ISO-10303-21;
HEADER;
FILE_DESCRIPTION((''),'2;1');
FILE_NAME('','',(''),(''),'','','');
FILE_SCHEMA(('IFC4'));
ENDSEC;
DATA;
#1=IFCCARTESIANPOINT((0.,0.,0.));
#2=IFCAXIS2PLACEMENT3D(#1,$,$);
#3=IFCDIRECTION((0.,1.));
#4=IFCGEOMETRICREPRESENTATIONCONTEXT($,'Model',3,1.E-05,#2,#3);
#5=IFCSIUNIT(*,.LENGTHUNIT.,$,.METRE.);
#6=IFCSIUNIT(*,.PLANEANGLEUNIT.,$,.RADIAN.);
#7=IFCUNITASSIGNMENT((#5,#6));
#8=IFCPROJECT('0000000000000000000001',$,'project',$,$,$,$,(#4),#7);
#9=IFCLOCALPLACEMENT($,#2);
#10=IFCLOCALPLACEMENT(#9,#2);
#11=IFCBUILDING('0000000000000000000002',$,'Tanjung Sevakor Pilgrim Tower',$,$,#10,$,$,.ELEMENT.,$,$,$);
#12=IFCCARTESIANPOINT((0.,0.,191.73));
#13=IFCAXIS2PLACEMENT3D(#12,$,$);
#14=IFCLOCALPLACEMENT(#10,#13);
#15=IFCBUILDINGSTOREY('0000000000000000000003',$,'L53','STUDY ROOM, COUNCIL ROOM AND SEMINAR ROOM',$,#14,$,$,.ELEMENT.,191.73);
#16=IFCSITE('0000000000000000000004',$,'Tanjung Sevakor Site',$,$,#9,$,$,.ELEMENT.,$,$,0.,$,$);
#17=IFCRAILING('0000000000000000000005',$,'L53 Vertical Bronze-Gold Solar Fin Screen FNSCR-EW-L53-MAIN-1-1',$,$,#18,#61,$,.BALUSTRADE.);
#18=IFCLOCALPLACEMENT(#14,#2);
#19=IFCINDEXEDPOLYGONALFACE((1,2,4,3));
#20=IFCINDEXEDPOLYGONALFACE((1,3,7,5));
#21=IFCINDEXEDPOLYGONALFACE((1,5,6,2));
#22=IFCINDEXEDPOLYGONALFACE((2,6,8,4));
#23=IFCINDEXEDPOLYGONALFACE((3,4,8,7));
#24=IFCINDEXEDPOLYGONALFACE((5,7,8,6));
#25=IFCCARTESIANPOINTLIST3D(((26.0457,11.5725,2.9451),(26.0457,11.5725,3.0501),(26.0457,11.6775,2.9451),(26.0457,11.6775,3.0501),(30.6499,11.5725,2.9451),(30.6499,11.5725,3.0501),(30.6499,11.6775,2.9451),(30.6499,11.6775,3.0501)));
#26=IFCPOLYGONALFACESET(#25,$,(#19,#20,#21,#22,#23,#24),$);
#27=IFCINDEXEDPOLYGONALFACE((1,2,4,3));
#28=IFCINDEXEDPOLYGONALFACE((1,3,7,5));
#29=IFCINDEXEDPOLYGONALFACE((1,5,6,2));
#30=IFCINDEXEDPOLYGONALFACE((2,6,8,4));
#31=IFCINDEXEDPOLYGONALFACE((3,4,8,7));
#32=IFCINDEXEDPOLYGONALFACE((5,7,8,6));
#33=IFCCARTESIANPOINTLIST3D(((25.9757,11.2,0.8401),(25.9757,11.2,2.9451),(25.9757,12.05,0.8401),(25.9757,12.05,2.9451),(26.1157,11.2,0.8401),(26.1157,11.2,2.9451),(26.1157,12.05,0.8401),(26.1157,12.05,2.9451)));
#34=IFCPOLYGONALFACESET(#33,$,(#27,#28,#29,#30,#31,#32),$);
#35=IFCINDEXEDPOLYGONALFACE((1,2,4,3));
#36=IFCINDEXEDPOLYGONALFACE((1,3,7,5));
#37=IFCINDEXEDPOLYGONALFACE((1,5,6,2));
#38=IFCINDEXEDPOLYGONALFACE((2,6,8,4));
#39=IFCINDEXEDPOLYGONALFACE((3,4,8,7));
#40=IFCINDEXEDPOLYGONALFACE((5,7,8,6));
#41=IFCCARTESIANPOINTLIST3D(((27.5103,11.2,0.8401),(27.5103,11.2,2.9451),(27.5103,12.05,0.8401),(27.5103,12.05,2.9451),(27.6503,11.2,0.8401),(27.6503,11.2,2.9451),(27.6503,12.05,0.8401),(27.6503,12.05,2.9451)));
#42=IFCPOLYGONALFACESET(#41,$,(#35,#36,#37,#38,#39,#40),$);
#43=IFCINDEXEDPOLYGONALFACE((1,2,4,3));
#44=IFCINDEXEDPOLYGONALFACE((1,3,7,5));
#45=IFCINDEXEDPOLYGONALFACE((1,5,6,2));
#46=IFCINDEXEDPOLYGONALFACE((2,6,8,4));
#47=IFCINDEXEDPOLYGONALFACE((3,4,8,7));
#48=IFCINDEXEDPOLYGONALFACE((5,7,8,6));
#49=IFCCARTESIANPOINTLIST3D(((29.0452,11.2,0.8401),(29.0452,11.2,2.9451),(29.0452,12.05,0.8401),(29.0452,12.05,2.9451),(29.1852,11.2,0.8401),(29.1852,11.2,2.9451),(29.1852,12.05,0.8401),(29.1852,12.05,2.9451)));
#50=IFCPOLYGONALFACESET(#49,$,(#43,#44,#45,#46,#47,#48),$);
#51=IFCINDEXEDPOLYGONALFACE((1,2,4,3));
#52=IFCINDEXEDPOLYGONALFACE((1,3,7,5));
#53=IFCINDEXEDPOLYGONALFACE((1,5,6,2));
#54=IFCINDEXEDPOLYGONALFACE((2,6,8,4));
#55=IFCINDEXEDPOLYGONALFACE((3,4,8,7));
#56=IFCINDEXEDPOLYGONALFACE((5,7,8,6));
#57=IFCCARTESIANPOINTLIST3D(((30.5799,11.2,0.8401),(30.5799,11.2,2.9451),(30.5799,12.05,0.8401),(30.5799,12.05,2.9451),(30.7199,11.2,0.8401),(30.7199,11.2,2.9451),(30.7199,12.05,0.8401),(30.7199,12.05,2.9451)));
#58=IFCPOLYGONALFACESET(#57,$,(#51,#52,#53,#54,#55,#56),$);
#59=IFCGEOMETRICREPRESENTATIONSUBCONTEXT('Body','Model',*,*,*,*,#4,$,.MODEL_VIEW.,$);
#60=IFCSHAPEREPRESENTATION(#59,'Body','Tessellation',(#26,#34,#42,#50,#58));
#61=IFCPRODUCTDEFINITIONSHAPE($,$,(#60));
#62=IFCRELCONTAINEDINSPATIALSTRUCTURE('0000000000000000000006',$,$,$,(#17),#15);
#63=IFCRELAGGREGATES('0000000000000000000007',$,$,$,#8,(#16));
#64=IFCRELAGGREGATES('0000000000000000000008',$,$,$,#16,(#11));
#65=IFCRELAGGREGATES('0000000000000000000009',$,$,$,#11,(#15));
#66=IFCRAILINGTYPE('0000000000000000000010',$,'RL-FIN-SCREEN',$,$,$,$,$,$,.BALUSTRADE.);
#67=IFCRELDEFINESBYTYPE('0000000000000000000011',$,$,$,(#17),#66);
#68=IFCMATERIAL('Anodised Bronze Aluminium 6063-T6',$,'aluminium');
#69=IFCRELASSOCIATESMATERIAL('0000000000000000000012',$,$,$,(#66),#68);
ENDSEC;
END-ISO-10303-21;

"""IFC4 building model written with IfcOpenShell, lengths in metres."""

from ifc_helpers import new_model, si_unit, direction, frame, origin, place, context, subcontext, project, spatial, rectangle, extrude, material, type_object, element, save


model = new_model("IFC4")

# Units and contexts
model_context = context("Model", 3, precision=1e-05, world=origin(), true_north=direction((0.0, 1.0)))
body_context = subcontext(model_context, "Body", "Model", "MODEL_VIEW")
ifc_project = project(units=[si_unit("LENGTHUNIT", "METRE"), si_unit("PLANEANGLEUNIT", "RADIAN")], contexts=[model_context])

# Site, building, storey
site_placement = place(None, origin())
site = spatial("IfcSite", under=ifc_project, at=site_placement, Name="Tanjung Sevakor Site", CompositionType="ELEMENT", RefElevation=0.0)
building_placement = place(site_placement, origin())
building = spatial("IfcBuilding", under=site, at=building_placement, Name="Tanjung Sevakor Pilgrim Tower", CompositionType="ELEMENT")
storey_placement = place(building_placement, frame((0.0, 0.0, 191.73)))
storey = spatial("IfcBuildingStorey", under=building, at=storey_placement, Name="L53", Description="STUDY ROOM, COUNCIL ROOM AND SEMINAR ROOM", CompositionType="ELEMENT", Elevation=191.73)

# Railing
ifc_material_1 = material(Name="Anodised Bronze Aluminium 6063-T6", Category="aluminium")
railing_type_1 = type_object("IfcRailingType", Name="RL-FIN-SCREEN", PredefinedType="BALUSTRADE", material=ifc_material_1)
railing_1_placement = place(storey_placement, frame((26.0457, 11.625, 0.8401)))
element("IfcRailing", 1, at=railing_1_placement, inside=storey, type_object=railing_type_1, Name="L53 Vertical Bronze-Gold Solar Fin Screen FNSCR-EW-L53-MAIN-1-1", PredefinedType="BALUSTRADE", context=body_context, shape_type="SweptSolid", body=[
    extrude(rectangle(XDim=0.105, YDim=0.105), frame((0.0, 0.0, 2.1575), z_axis=(1.0, 0.0, 0.0), x_axis=(0.0, 1.0, 0.0)), (0.0, 0.0, 1.0), 4.6042),
    extrude(rectangle(XDim=0.14, YDim=0.85), origin(), (0.0, 0.0, 1.0), 2.105),
    extrude(rectangle(XDim=0.14, YDim=0.85), frame((1.5347, 0.0, 0.0)), (0.0, 0.0, 1.0), 2.105),
    extrude(rectangle(XDim=0.14, YDim=0.85), frame((3.0696, 0.0, 0.0)), (0.0, 0.0, 1.0), 2.105),
    extrude(rectangle(XDim=0.14, YDim=0.85), frame((4.6042, 0.0, 0.0)), (0.0, 0.0, 1.0), 2.105),
])

save(model, "model.ifc")
